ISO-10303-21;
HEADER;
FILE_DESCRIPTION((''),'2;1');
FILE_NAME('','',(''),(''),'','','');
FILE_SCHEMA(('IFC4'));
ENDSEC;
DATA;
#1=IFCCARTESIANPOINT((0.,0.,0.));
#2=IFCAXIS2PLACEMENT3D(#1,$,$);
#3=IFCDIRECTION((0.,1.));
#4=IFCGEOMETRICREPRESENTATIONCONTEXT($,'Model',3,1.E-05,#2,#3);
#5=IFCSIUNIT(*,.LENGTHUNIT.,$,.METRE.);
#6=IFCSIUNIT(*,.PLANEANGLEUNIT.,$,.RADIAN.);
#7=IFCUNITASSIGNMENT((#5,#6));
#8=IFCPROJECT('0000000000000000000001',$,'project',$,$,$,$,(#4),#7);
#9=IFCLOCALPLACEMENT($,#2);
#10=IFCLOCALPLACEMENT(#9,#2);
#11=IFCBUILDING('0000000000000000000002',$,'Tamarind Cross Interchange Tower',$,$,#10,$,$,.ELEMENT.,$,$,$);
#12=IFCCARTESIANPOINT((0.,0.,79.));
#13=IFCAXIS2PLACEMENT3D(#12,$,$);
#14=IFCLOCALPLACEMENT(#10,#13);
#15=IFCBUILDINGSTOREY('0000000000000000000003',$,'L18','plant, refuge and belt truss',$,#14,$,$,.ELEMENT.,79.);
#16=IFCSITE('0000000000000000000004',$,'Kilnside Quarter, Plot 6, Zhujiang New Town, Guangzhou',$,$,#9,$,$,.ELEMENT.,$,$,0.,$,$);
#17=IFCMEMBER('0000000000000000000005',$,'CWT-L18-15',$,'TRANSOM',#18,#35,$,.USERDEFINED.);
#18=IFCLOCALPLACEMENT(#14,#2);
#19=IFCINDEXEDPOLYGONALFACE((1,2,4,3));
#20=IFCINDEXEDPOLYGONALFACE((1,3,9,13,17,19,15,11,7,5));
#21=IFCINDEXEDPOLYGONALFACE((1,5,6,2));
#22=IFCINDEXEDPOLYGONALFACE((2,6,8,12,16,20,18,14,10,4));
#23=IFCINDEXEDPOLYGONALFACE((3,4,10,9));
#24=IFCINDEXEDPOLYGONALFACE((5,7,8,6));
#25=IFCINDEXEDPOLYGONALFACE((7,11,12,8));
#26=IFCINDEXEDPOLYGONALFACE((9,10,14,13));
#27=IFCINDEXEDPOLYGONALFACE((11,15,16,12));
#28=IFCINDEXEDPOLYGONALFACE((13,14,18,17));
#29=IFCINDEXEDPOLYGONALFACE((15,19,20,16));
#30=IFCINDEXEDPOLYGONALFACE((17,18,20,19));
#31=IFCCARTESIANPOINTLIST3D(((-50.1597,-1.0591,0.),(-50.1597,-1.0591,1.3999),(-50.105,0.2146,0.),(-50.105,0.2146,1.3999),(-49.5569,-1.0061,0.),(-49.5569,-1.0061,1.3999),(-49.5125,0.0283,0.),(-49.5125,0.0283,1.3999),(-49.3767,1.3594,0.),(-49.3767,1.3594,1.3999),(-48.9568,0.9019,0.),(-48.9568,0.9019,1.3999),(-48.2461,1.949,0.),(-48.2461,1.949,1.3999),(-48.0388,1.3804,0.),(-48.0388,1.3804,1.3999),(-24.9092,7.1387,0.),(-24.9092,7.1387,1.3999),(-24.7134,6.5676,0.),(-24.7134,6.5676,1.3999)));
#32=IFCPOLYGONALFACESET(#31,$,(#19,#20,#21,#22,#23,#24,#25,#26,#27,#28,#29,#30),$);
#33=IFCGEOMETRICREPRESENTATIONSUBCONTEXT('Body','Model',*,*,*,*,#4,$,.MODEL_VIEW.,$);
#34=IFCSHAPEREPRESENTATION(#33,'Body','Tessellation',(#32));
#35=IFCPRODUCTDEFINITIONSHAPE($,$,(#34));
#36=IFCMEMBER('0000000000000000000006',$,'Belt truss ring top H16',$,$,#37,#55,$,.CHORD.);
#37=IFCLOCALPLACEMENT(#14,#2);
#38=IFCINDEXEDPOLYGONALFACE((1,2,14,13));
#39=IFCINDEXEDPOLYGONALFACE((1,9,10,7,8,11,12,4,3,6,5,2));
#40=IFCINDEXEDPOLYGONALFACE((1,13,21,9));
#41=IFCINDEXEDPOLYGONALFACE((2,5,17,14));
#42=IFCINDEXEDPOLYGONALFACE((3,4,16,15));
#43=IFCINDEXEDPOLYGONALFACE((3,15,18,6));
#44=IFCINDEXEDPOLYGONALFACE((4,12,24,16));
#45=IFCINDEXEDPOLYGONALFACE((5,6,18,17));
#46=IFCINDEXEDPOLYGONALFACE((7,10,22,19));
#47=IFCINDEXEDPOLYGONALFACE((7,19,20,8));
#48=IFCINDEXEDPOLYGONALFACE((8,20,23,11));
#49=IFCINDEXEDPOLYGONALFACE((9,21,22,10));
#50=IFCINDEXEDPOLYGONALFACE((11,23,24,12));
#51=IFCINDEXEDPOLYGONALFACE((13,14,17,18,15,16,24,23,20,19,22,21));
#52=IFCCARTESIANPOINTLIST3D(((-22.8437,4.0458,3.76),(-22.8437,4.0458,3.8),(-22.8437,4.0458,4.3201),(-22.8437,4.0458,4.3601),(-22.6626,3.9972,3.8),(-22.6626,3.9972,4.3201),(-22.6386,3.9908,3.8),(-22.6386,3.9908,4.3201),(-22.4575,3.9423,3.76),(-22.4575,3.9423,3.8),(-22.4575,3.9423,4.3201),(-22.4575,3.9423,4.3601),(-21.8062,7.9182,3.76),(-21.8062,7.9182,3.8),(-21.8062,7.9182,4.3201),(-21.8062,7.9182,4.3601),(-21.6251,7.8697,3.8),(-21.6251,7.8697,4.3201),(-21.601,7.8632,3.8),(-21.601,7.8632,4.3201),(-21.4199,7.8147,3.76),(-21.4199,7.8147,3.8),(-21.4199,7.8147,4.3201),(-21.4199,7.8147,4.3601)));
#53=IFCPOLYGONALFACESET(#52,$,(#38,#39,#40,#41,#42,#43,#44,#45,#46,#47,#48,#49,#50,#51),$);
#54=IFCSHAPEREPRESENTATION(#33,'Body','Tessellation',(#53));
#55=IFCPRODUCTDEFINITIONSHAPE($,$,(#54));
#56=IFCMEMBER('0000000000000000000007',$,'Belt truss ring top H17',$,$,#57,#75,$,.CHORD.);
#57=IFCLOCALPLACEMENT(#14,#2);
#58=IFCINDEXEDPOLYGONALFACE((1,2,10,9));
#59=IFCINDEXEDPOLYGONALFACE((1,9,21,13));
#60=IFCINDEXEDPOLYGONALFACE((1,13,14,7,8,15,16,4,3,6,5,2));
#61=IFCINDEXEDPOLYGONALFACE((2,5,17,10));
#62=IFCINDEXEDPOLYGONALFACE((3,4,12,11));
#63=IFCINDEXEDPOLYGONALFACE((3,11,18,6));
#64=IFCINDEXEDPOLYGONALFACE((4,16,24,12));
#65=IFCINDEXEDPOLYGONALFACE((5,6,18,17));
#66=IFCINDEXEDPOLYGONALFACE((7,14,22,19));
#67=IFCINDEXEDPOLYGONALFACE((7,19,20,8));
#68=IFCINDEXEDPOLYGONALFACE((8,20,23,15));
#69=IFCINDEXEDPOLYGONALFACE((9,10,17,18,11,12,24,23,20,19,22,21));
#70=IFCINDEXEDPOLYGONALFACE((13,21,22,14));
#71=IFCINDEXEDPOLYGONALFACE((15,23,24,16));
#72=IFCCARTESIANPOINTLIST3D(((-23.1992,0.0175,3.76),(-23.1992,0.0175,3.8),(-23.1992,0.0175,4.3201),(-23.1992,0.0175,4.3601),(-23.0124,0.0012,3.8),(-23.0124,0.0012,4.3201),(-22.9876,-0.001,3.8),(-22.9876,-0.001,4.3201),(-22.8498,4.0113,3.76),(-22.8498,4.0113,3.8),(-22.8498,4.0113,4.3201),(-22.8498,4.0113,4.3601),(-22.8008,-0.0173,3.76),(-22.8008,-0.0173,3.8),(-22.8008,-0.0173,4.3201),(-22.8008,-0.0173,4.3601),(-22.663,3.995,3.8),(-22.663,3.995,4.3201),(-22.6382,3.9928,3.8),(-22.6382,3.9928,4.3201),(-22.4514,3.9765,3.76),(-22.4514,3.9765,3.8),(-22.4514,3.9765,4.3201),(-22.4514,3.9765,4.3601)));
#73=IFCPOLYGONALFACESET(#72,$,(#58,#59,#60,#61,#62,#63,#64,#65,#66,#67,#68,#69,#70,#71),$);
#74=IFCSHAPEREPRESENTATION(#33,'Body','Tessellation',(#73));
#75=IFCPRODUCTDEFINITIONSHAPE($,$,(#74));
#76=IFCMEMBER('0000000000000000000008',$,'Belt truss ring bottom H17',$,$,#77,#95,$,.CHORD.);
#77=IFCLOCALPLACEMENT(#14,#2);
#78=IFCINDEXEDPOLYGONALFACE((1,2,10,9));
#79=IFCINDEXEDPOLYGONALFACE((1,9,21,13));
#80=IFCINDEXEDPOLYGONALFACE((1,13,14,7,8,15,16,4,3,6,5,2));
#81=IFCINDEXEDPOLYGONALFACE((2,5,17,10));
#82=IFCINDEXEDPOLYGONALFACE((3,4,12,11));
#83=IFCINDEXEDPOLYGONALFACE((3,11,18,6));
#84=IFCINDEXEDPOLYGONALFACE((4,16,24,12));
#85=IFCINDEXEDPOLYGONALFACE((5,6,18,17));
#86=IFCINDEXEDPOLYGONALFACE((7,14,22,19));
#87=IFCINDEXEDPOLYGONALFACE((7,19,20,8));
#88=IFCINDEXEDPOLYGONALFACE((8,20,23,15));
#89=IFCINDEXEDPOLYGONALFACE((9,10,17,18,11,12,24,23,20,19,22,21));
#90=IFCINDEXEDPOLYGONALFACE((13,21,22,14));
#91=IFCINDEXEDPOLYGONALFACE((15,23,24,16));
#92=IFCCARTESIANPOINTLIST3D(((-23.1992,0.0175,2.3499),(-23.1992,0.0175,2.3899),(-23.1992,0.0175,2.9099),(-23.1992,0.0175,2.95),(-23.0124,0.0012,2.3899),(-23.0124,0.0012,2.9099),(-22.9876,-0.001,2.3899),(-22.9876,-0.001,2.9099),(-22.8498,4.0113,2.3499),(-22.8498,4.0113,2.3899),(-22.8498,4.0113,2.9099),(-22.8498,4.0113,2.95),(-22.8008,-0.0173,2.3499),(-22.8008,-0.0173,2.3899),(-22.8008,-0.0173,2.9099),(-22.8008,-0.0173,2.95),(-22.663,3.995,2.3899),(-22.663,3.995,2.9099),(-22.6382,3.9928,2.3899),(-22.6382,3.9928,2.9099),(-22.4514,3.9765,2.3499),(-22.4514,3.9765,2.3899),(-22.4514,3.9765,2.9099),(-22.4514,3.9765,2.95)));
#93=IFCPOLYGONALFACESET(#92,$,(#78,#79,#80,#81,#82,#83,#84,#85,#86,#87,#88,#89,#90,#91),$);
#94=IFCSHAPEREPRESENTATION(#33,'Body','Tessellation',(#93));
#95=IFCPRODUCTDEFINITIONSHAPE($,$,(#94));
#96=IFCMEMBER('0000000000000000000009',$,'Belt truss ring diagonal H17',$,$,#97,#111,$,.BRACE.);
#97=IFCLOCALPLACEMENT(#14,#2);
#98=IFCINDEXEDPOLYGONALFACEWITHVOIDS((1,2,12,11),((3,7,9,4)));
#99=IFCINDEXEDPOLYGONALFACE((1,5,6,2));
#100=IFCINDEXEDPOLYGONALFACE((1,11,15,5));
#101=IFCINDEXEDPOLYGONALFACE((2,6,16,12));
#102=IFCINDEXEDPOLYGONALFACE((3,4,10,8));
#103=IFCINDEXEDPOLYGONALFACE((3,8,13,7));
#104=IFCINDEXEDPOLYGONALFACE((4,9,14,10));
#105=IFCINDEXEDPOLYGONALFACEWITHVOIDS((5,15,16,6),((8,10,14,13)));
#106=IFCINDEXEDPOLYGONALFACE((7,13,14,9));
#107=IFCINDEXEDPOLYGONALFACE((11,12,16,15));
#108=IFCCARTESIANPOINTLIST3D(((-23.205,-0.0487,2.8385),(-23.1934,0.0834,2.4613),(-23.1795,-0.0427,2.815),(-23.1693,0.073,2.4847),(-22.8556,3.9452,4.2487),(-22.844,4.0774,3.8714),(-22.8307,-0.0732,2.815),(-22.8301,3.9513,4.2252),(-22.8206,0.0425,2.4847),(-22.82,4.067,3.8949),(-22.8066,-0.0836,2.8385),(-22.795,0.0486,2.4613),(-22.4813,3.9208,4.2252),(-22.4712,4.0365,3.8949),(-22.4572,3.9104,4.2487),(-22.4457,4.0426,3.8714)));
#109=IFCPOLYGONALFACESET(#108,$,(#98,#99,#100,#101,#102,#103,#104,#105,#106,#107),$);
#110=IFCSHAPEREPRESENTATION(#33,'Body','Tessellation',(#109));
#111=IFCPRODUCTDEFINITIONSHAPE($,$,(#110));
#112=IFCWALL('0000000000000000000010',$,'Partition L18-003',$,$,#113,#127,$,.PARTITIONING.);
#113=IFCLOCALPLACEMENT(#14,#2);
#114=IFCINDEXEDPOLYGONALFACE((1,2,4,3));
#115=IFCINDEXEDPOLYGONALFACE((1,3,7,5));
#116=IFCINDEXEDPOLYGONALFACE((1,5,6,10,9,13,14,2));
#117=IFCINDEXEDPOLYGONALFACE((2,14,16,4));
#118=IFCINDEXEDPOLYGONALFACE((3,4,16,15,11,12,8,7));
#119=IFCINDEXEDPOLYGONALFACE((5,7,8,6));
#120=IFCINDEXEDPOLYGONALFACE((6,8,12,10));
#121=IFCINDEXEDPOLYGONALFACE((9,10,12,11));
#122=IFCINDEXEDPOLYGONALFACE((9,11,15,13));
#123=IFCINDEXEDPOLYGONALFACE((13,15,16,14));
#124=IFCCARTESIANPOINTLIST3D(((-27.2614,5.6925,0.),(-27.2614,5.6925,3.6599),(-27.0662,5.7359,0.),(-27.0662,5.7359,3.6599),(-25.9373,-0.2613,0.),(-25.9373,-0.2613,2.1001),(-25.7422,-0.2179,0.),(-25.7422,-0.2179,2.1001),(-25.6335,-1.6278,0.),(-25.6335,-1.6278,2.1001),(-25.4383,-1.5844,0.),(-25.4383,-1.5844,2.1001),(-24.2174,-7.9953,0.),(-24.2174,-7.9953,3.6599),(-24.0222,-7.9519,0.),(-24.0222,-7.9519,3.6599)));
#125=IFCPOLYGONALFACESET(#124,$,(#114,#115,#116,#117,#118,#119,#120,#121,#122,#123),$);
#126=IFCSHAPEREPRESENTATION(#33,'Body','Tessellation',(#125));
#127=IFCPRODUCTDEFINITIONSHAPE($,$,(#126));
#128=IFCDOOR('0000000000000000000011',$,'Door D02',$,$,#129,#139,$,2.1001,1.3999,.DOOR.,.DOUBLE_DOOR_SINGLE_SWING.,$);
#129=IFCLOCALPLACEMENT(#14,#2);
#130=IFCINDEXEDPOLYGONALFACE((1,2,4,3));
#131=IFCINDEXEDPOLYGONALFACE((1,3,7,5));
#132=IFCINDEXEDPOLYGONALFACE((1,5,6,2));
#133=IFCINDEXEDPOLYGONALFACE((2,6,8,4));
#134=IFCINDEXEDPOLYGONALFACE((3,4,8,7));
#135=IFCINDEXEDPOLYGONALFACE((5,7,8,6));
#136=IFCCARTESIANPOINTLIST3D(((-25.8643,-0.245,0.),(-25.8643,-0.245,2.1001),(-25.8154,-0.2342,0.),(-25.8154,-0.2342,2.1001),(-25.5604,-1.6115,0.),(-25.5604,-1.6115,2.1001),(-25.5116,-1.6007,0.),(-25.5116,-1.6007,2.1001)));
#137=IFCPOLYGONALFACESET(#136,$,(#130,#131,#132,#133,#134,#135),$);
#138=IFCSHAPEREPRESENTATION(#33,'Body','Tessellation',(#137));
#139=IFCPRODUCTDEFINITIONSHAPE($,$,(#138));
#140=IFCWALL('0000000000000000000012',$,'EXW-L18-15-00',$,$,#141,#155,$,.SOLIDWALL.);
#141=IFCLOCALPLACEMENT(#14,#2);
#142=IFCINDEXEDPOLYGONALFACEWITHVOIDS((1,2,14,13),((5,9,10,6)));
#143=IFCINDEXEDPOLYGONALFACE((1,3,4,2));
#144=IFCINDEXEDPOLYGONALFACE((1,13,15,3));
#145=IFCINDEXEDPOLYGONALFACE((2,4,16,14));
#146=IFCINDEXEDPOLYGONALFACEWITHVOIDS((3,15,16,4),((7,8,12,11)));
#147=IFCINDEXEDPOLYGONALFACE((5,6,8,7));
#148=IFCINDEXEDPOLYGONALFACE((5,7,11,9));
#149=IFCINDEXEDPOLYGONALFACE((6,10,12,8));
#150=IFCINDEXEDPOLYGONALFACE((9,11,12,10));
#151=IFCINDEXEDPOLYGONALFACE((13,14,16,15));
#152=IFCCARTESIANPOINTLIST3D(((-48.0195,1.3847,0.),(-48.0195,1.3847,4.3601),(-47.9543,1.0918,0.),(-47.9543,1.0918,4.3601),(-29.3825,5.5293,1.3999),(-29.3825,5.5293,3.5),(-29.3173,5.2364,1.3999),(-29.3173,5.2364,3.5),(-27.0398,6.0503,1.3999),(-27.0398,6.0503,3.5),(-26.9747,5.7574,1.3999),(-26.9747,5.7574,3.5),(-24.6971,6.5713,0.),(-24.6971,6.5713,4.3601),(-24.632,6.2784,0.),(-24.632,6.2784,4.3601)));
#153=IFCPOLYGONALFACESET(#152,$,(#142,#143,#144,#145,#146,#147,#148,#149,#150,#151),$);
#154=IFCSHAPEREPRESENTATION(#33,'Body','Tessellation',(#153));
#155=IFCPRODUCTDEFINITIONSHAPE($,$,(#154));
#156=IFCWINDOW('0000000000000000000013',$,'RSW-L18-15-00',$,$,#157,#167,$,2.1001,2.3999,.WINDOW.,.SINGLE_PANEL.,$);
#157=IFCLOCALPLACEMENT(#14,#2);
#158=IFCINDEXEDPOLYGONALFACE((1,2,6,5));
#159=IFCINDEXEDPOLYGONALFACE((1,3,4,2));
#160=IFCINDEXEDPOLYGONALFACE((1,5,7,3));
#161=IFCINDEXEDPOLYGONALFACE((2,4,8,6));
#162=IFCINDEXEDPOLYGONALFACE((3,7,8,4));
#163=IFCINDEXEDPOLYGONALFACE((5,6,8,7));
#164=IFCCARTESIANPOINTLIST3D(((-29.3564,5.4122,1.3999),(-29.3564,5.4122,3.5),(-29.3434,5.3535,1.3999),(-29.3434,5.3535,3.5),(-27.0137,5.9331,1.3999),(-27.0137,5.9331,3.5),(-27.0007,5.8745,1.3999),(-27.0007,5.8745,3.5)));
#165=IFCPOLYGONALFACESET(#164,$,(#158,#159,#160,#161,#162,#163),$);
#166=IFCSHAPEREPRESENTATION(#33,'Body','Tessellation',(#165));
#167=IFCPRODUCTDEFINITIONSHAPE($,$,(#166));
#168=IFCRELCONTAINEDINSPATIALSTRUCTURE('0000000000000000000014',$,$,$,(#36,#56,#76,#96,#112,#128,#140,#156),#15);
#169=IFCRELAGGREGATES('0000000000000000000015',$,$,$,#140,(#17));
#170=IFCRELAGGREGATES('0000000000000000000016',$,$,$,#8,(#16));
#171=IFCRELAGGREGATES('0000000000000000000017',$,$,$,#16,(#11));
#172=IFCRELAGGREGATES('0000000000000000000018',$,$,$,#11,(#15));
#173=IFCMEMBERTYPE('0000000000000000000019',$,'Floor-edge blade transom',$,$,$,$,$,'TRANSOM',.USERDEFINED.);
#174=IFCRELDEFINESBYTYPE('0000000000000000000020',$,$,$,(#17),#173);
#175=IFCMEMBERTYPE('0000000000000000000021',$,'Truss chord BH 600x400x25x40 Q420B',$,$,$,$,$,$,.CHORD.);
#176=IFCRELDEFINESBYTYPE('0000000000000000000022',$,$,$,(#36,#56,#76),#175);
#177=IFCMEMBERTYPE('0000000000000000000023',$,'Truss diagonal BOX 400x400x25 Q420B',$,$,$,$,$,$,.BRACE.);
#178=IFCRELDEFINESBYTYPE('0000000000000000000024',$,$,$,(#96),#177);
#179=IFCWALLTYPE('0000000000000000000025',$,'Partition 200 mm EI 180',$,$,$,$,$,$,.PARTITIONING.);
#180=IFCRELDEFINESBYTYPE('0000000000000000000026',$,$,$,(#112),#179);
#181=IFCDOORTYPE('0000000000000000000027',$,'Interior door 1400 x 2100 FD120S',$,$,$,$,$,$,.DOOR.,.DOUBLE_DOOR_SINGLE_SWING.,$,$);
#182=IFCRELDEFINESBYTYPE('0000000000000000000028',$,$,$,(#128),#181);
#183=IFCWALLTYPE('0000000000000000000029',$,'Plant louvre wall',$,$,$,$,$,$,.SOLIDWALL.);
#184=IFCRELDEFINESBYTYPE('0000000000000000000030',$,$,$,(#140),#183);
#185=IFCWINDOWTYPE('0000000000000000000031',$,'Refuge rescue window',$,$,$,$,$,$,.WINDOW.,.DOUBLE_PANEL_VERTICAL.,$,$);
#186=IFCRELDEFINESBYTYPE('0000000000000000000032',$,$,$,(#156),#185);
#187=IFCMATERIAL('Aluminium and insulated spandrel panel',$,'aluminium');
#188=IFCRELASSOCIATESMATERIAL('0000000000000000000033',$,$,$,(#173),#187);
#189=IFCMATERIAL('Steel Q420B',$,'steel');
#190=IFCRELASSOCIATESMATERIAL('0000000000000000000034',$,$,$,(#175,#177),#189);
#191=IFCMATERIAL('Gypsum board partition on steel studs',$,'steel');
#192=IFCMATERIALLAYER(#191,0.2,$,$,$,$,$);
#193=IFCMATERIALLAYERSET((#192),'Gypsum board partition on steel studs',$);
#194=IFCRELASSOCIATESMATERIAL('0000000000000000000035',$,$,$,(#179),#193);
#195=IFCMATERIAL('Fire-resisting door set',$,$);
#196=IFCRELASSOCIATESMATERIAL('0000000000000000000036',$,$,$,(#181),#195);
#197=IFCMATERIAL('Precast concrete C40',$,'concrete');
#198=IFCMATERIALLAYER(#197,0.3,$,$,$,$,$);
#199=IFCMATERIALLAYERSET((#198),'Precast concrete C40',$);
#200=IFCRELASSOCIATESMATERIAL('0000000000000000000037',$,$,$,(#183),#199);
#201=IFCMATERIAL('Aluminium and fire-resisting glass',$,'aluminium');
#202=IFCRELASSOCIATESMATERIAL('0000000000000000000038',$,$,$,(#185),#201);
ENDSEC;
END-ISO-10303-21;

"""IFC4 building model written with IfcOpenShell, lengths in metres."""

from ifc_helpers import new_model, si_unit, direction, frame, frame_2d, origin, origin_2d, place, context, subcontext, project, spatial, polyline, rectangle, hollow_rectangle, i_section, outline, extrude, material, layer, layer_set, material_profile, profile_set, type_object, element, fill, aggregate, save


model = new_model("IFC4")

# Units and contexts
model_context = context("Model", 3, precision=1e-05, world=origin(), true_north=direction((0.0, 1.0)))
body_context = subcontext(model_context, "Body", "Model", "MODEL_VIEW")
ifc_project = project(units=[si_unit("LENGTHUNIT", "METRE"), si_unit("PLANEANGLEUNIT", "RADIAN")], contexts=[model_context])

# Site, building, storey
site_placement = place(None, origin())
site = spatial("IfcSite", under=ifc_project, at=site_placement, Name="Kilnside Quarter, Plot 6, Zhujiang New Town, Guangzhou", CompositionType="ELEMENT", RefElevation=0.0)
building_placement = place(site_placement, origin())
building = spatial("IfcBuilding", under=site, at=building_placement, Name="Tamarind Cross Interchange Tower", CompositionType="ELEMENT")
storey_placement = place(building_placement, frame((0.0, 0.0, 79.0)))
storey = spatial("IfcBuildingStorey", under=building, at=storey_placement, Name="L18", Description="plant, refuge and belt truss", CompositionType="ELEMENT", Elevation=79.0)

# Member
ifc_material_1 = material(Name="Aluminium and insulated spandrel panel", Category="aluminium")
member_type_1 = type_object("IfcMemberType", Name="Floor-edge blade transom", ElementType="TRANSOM", PredefinedType="USERDEFINED", material=ifc_material_1)
member_1_placement = place(storey_placement, origin())
member_1 = element("IfcMember", 1, at=member_1_placement, type_object=member_type_1, Name="CWT-L18-15", ObjectType="TRANSOM", PredefinedType="USERDEFINED", context=body_context, shape_type="SweptSolid", body=[
    extrude(outline(polyline([(-24.7134, 6.5676), (-48.0388, 1.3804), (-48.9568, 0.9019), (-49.5125, 0.0283), (-49.5569, -1.0061), (-50.1597, -1.0591), (-50.105, 0.2146), (-49.3767, 1.3594), (-48.2461, 1.949), (-24.9092, 7.1387), (-24.7134, 6.5676)])), origin(), (0.0, 0.0, 1.0), 1.3999),
])

# Members
ifc_material_2 = material(Name="Steel Q420B", Category="steel")
ifc_material_profile_1 = material_profile(ifc_material_2, i_section(OverallWidth=0.3999, OverallDepth=0.6001, WebThickness=0.0249, FlangeThickness=0.04, at=origin_2d()), Name="BH 600x400x25x40")
ifc_profile_set_1 = profile_set([ifc_material_profile_1], Name="Steel Q420B")
member_type_2 = type_object("IfcMemberType", Name="Truss chord BH 600x400x25x40 Q420B", PredefinedType="CHORD", material=ifc_profile_set_1)
for number, where, z_axis, x_axis, name in (
    (2, (-21.613, 7.8665, 4.0601), (-0.258807, -0.965929, 0.0), (0.965929, -0.258807, 0.0), "Belt truss ring top H16"),
    (3, (-22.6506, 3.9939, 4.0601), (-0.087142, -0.996196, 0.0), (0.996196, -0.087142, 0.0), "Belt truss ring top H17"),
    (4, (-22.6506, 3.9939, 2.6499), (-0.087142, -0.996196, 0.0), (0.996196, -0.087142, 0.0), "Belt truss ring bottom H17"),
):
    element("IfcMember", number, at=place(storey_placement, frame(where, z_axis=z_axis, x_axis=x_axis)), inside=storey, type_object=member_type_2, Name=name, PredefinedType="CHORD", context=body_context, shape_type="SweptSolid", body=[
        extrude(i_section(OverallWidth=0.3999, OverallDepth=0.6001, WebThickness=0.0249, FlangeThickness=0.04, at=origin_2d()), origin(), (0.0, 0.0, 1.0), 4.009),
    ])
ifc_material_profile_2 = material_profile(ifc_material_2, hollow_rectangle(XDim=0.3999, YDim=0.3999, WallThickness=0.0249, at=origin_2d()), Name="BOX 400x400x25")
ifc_profile_set_2 = profile_set([ifc_material_profile_2], Name="Steel Q420B")
member_type_3 = type_object("IfcMemberType", Name="Truss diagonal BOX 400x400x25 Q420B", PredefinedType="BRACE", material=ifc_profile_set_2)
member_2_placement = place(storey_placement, frame((-22.6506, 3.9939, 4.0601), z_axis=(-0.082205, -0.939758, -0.331808), x_axis=(0.996196, -0.087142, 0.0)))
element("IfcMember", 5, at=member_2_placement, inside=storey, type_object=member_type_3, Name="Belt truss ring diagonal H17", PredefinedType="BRACE", context=body_context, shape_type="SweptSolid", body=[
    extrude(hollow_rectangle(XDim=0.3999, YDim=0.3999, WallThickness=0.0249, at=origin_2d()), origin(), (0.0, 0.0, 1.0), 4.25),
])

# Wall, opening, door
ifc_material_3 = material(Name="Gypsum board partition on steel studs", Category="steel")
ifc_layer_1 = layer(ifc_material_3, 0.2)
ifc_layer_set_1 = layer_set([ifc_layer_1], Name="Gypsum board partition on steel studs")
wall_type_1 = type_object("IfcWallType", Name="Partition 200 mm EI 180", PredefinedType="PARTITIONING", material=ifc_layer_set_1)
wall_1_placement = place(storey_placement, frame((-27.1638, 5.7144, 0.0), z_axis=(0.0, 0.0, 1.0), x_axis=(0.217082, -0.976153, 0.0)))
wall_1 = element("IfcWall", 6, at=wall_1_placement, inside=storey, type_object=wall_type_1, Name="Partition L18-003", PredefinedType="PARTITIONING", context=body_context, shape_type="SweptSolid", body=[
    extrude(rectangle(XDim=14.0222, YDim=0.2, at=frame_2d((7.0112, 0.0))), origin(), (0.0, 0.0, 1.0), 3.6599),
])
opening_1_placement = place(wall_1_placement, frame((6.0994, 0.0, 0.0)))
opening_1 = element("IfcOpeningElement", 7, at=opening_1_placement, cuts=wall_1, PredefinedType="OPENING", context=body_context, shape_type="SweptSolid", body=[
    extrude(rectangle(XDim=1.3999, YDim=2.1001, at=frame_2d((0.7, 1.05))), frame((0.0, 0.1099, 0.0), z_axis=(0.0, -1.0, 0.0), x_axis=(1.0, 0.0, 0.0)), (0.0, 0.0, 1.0), 0.22),
])
ifc_material_4 = material(Name="Fire-resisting door set")
door_type_1 = type_object("IfcDoorType", Name="Interior door 1400 x 2100 FD120S", OperationType="DOUBLE_DOOR_SINGLE_SWING", PredefinedType="DOOR", material=ifc_material_4)
door_1_placement = place(opening_1_placement, origin())
door_1 = element("IfcDoor", 8, at=door_1_placement, inside=storey, type_object=door_type_1, Name="Door D02", OperationType="DOUBLE_DOOR_SINGLE_SWING", OverallHeight=2.1001, OverallWidth=1.3999, PredefinedType="DOOR", context=body_context, shape_type="SweptSolid", body=[
    extrude(rectangle(XDim=1.3999, YDim=2.1001, at=frame_2d((0.7, 1.05))), frame((0.0, 0.0249, 0.0), z_axis=(0.0, -1.0, 0.0), x_axis=(1.0, 0.0, 0.0)), (0.0, 0.0, 1.0), 0.05),
])
fill(opening_1, door_1)

# Shared definitions
ifc_material_5 = material(Name="Precast concrete C40", Category="concrete")
ifc_layer_2 = layer(ifc_material_5, 0.3)
ifc_layer_set_2 = layer_set([ifc_layer_2], Name="Precast concrete C40")
wall_type_2 = type_object("IfcWallType", Name="Plant louvre wall", PredefinedType="SOLIDWALL", material=ifc_layer_set_2)
ifc_material_6 = material(Name="Aluminium and fire-resisting glass", Category="aluminium")

# Wall, opening, window
wall_2_placement = place(storey_placement, frame((-24.6646, 6.4248, 0.0), z_axis=(0.0, 0.0, 1.0), x_axis=(-0.976153, -0.217082, 0.0)))
wall_2 = element("IfcWall", 9, at=wall_2_placement, inside=storey, type_object=wall_type_2, Name="EXW-L18-15-00", PredefinedType="SOLIDWALL", context=body_context, shape_type="SweptSolid", body=[
    extrude(rectangle(XDim=23.8921, YDim=0.3, at=frame_2d((11.946, 0.0))), origin(), (0.0, 0.0, 1.0), 4.3601),
])
opening_2_placement = place(wall_2_placement, frame((2.3999, 0.0, 1.3999)))
opening_2 = element("IfcOpeningElement", 10, at=opening_2_placement, cuts=wall_2, PredefinedType="OPENING", context=body_context, shape_type="SweptSolid", body=[
    extrude(rectangle(XDim=2.3999, YDim=2.1001, at=frame_2d((1.2, 1.05))), frame((0.0, 0.1599, 0.0), z_axis=(0.0, -1.0, 0.0), x_axis=(1.0, 0.0, 0.0)), (0.0, 0.0, 1.0), 0.3201),
])
window_type_1 = type_object("IfcWindowType", Name="Refuge rescue window", PartitioningType="DOUBLE_PANEL_VERTICAL", PredefinedType="WINDOW", material=ifc_material_6)
window_1_placement = place(opening_2_placement, origin())
window_1 = element("IfcWindow", 11, at=window_1_placement, inside=storey, type_object=window_type_1, Name="RSW-L18-15-00", OverallHeight=2.1001, OverallWidth=2.3999, PartitioningType="SINGLE_PANEL", PredefinedType="WINDOW", context=body_context, shape_type="SweptSolid", body=[
    extrude(rectangle(XDim=2.3999, YDim=2.1001, at=frame_2d((1.2, 1.05))), frame((0.0, 0.03, 0.0), z_axis=(0.0, -1.0, 0.0), x_axis=(1.0, 0.0, 0.0)), (0.0, 0.0, 1.0), 0.0601),
])
fill(opening_2, window_1)
aggregate(wall_2, [member_1])

save(model, "model.ifc")
